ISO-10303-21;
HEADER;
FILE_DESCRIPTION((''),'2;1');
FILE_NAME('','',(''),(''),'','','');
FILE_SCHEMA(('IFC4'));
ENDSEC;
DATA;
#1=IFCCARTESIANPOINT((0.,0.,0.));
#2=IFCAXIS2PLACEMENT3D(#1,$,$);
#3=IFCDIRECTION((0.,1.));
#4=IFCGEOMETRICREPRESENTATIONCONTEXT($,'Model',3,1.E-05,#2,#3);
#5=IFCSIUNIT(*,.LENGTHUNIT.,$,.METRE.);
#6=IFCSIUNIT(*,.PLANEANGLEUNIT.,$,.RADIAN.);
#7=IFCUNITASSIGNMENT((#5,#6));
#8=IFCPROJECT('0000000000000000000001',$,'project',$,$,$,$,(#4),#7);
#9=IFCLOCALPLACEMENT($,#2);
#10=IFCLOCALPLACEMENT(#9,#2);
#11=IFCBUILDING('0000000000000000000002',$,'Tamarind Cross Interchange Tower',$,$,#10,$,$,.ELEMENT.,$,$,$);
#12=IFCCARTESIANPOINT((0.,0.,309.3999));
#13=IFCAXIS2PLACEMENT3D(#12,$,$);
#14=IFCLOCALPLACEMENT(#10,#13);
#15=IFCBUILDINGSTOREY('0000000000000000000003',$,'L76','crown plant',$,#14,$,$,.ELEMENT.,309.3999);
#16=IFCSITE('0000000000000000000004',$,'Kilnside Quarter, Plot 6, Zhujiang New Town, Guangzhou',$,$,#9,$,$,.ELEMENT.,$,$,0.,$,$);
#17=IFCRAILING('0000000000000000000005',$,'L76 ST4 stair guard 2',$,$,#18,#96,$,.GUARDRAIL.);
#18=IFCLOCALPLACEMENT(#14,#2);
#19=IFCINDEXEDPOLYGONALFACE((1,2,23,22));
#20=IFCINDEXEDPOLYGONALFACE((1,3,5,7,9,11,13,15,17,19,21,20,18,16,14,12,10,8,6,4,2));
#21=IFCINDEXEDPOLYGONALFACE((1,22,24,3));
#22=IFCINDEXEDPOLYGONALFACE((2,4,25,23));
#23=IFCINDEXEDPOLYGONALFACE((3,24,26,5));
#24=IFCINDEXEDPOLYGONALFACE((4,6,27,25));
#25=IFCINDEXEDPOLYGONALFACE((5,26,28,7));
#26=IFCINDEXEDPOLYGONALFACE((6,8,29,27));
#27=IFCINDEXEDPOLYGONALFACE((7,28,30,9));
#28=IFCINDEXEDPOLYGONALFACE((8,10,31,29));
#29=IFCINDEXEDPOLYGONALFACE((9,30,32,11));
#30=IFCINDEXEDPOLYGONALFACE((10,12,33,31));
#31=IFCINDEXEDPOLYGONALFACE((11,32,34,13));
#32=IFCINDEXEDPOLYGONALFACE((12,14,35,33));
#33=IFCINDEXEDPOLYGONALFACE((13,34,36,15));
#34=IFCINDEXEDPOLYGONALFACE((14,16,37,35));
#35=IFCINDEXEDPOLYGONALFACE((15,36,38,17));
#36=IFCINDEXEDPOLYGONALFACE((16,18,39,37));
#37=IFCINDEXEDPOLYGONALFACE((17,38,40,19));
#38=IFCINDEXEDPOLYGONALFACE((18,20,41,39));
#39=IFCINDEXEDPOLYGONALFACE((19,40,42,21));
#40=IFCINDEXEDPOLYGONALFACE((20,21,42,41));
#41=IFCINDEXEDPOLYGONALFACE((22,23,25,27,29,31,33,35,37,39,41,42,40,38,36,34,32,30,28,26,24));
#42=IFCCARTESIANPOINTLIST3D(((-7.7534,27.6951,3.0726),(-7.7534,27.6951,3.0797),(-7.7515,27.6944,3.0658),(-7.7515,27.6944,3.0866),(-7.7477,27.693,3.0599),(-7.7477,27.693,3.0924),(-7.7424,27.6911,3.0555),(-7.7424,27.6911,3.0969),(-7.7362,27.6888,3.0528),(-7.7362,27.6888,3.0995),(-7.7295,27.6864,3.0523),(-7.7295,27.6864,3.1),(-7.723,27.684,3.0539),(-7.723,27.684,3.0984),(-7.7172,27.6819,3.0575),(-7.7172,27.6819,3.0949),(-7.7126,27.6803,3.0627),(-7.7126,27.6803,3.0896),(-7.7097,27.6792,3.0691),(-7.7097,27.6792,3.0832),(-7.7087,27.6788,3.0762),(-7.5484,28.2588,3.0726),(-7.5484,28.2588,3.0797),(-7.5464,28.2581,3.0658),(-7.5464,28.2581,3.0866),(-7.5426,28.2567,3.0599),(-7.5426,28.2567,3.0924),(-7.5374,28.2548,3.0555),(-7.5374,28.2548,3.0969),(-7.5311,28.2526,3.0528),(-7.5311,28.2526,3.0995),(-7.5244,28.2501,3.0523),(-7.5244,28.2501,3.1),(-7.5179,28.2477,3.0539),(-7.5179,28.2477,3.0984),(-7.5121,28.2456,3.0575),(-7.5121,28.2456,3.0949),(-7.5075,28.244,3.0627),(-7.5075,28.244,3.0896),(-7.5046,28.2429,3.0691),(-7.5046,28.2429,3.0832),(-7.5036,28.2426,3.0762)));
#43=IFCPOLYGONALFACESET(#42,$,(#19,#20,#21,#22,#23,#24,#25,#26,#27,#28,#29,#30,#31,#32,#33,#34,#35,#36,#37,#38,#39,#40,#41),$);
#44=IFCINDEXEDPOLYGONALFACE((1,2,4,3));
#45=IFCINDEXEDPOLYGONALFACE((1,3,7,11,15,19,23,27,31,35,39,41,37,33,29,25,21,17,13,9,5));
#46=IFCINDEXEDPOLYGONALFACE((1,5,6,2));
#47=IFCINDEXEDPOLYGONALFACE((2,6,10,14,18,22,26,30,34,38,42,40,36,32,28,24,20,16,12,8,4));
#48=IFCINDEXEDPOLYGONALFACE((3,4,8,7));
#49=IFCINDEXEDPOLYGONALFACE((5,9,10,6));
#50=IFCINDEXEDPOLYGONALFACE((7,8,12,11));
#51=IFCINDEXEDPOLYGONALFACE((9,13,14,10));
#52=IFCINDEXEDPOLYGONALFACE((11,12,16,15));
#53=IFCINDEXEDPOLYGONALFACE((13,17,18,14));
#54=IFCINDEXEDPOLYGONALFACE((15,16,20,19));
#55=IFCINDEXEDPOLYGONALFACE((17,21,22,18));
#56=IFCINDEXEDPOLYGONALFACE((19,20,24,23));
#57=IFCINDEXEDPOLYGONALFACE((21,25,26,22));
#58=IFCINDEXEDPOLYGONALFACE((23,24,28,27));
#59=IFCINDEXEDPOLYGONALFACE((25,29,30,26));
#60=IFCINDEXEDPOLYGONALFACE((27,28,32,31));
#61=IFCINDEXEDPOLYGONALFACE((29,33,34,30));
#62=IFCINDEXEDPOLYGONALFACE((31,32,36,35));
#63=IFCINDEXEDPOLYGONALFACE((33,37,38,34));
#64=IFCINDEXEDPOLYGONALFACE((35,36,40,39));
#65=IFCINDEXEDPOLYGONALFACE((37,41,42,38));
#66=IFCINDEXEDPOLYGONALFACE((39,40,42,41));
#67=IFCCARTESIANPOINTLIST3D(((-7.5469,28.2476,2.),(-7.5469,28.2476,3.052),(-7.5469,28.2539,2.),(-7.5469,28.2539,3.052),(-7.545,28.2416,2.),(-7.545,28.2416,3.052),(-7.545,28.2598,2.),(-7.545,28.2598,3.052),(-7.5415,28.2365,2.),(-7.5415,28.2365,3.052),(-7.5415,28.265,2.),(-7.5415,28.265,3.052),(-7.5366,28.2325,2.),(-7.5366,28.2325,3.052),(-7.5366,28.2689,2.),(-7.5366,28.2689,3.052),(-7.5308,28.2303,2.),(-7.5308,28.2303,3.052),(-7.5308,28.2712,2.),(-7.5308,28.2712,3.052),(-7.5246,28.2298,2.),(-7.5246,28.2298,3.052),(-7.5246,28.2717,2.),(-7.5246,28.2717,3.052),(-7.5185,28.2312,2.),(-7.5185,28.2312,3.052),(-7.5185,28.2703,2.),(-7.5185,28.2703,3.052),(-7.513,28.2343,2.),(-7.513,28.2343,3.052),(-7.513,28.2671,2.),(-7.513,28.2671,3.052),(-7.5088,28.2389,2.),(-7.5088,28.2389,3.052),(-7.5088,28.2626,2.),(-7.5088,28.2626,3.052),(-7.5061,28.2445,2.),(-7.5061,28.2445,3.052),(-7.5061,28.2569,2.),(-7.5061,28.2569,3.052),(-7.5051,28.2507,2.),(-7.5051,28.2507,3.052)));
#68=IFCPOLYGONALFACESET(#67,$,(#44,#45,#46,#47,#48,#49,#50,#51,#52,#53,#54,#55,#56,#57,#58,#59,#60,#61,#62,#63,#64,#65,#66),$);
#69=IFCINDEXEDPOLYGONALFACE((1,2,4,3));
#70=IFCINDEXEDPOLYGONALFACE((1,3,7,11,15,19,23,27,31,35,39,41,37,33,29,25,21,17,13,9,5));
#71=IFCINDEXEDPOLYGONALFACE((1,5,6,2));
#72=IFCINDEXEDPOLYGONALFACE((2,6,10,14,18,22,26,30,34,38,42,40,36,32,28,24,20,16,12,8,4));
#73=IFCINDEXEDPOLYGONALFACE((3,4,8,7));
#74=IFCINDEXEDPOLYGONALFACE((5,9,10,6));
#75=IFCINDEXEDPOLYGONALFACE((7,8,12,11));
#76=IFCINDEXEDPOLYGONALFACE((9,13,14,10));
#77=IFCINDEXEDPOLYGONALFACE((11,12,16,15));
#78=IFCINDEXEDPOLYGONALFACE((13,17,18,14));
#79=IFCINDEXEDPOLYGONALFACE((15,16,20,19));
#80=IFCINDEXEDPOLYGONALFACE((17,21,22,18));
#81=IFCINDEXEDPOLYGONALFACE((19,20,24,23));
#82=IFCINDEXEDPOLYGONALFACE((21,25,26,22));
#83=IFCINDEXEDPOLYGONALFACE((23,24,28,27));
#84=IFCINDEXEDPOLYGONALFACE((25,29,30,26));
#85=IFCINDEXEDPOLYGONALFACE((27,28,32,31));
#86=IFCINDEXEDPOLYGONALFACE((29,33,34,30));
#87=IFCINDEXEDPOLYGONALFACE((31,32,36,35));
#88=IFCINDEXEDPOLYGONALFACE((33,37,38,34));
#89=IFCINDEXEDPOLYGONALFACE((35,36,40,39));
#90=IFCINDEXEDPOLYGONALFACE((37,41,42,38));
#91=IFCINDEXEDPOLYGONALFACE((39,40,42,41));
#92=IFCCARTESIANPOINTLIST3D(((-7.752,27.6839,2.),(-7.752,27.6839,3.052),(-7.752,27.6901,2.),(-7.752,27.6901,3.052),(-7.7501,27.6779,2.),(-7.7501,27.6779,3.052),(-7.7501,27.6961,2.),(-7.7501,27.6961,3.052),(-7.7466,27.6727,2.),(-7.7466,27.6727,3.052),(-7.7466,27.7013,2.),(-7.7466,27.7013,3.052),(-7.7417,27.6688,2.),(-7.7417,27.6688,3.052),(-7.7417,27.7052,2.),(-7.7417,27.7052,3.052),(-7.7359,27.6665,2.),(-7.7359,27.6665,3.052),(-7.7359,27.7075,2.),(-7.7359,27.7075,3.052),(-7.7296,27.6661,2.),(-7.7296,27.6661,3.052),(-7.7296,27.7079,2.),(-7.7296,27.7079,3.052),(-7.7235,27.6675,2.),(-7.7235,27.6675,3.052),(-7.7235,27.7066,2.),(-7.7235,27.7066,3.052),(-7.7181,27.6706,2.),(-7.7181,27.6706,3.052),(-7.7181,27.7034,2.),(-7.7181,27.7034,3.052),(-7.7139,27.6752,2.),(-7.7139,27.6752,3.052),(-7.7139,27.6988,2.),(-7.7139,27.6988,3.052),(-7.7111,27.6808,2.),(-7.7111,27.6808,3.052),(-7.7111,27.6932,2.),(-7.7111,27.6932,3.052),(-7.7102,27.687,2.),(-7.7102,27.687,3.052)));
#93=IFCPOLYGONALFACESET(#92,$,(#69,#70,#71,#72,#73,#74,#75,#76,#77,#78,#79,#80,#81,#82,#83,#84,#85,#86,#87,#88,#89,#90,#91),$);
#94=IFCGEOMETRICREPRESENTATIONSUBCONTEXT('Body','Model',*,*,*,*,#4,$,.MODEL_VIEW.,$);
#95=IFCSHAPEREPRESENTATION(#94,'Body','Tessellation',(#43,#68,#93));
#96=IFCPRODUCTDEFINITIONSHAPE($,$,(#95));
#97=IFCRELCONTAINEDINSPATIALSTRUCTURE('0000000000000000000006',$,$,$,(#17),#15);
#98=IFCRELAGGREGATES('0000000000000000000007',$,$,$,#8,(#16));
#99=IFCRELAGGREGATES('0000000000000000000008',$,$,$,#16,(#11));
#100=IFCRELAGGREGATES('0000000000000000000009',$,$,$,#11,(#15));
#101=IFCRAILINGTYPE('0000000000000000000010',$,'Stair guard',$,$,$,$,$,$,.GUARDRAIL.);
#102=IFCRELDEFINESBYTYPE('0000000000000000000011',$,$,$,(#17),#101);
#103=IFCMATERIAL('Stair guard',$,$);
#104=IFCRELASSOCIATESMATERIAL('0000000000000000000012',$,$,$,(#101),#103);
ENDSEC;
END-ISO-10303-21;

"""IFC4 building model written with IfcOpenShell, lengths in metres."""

from ifc_helpers import new_model, si_unit, direction, frame, origin, origin_2d, place, context, subcontext, project, spatial, circle, extrude, material, type_object, element, save


model = new_model("IFC4")

# Units and contexts
model_context = context("Model", 3, precision=1e-05, world=origin(), true_north=direction((0.0, 1.0)))
body_context = subcontext(model_context, "Body", "Model", "MODEL_VIEW")
ifc_project = project(units=[si_unit("LENGTHUNIT", "METRE"), si_unit("PLANEANGLEUNIT", "RADIAN")], contexts=[model_context])

# Site, building, storey
site_placement = place(None, origin())
site = spatial("IfcSite", under=ifc_project, at=site_placement, Name="Kilnside Quarter, Plot 6, Zhujiang New Town, Guangzhou", CompositionType="ELEMENT", RefElevation=0.0)
building_placement = place(site_placement, origin())
building = spatial("IfcBuilding", under=site, at=building_placement, Name="Tamarind Cross Interchange Tower", CompositionType="ELEMENT")
storey_placement = place(building_placement, frame((0.0, 0.0, 309.3999)))
storey = spatial("IfcBuildingStorey", under=building, at=storey_placement, Name="L76", Description="crown plant", CompositionType="ELEMENT", Elevation=309.3999)

# Railing
ifc_material_1 = material(Name="Stair guard")
railing_type_1 = type_object("IfcRailingType", Name="Stair guard", PredefinedType="GUARDRAIL", material=ifc_material_1)
railing_1_placement = place(storey_placement, frame((-7.5261, 28.2507, 2.0)))
element("IfcRailing", 1, at=railing_1_placement, inside=storey, type_object=railing_type_1, Name="L76 ST4 stair guard 2", PredefinedType="GUARDRAIL", context=body_context, shape_type="SweptSolid", body=[
    extrude(circle(Radius=0.0239, at=origin_2d()), frame((0.0, 0.0, 1.0762), z_axis=(-0.341874, -0.939746, 0.0), x_axis=(0.939746, -0.341874, 0.0)), (0.0, 0.0, 1.0), 0.5999),
    extrude(circle(Radius=0.021, at=origin_2d()), origin(), (0.0, 0.0, 1.0), 1.052),
    extrude(circle(Radius=0.021, at=origin_2d()), frame((-0.2051, -0.5637, 0.0)), (0.0, 0.0, 1.0), 1.052),
])

save(model, "model.ifc")
